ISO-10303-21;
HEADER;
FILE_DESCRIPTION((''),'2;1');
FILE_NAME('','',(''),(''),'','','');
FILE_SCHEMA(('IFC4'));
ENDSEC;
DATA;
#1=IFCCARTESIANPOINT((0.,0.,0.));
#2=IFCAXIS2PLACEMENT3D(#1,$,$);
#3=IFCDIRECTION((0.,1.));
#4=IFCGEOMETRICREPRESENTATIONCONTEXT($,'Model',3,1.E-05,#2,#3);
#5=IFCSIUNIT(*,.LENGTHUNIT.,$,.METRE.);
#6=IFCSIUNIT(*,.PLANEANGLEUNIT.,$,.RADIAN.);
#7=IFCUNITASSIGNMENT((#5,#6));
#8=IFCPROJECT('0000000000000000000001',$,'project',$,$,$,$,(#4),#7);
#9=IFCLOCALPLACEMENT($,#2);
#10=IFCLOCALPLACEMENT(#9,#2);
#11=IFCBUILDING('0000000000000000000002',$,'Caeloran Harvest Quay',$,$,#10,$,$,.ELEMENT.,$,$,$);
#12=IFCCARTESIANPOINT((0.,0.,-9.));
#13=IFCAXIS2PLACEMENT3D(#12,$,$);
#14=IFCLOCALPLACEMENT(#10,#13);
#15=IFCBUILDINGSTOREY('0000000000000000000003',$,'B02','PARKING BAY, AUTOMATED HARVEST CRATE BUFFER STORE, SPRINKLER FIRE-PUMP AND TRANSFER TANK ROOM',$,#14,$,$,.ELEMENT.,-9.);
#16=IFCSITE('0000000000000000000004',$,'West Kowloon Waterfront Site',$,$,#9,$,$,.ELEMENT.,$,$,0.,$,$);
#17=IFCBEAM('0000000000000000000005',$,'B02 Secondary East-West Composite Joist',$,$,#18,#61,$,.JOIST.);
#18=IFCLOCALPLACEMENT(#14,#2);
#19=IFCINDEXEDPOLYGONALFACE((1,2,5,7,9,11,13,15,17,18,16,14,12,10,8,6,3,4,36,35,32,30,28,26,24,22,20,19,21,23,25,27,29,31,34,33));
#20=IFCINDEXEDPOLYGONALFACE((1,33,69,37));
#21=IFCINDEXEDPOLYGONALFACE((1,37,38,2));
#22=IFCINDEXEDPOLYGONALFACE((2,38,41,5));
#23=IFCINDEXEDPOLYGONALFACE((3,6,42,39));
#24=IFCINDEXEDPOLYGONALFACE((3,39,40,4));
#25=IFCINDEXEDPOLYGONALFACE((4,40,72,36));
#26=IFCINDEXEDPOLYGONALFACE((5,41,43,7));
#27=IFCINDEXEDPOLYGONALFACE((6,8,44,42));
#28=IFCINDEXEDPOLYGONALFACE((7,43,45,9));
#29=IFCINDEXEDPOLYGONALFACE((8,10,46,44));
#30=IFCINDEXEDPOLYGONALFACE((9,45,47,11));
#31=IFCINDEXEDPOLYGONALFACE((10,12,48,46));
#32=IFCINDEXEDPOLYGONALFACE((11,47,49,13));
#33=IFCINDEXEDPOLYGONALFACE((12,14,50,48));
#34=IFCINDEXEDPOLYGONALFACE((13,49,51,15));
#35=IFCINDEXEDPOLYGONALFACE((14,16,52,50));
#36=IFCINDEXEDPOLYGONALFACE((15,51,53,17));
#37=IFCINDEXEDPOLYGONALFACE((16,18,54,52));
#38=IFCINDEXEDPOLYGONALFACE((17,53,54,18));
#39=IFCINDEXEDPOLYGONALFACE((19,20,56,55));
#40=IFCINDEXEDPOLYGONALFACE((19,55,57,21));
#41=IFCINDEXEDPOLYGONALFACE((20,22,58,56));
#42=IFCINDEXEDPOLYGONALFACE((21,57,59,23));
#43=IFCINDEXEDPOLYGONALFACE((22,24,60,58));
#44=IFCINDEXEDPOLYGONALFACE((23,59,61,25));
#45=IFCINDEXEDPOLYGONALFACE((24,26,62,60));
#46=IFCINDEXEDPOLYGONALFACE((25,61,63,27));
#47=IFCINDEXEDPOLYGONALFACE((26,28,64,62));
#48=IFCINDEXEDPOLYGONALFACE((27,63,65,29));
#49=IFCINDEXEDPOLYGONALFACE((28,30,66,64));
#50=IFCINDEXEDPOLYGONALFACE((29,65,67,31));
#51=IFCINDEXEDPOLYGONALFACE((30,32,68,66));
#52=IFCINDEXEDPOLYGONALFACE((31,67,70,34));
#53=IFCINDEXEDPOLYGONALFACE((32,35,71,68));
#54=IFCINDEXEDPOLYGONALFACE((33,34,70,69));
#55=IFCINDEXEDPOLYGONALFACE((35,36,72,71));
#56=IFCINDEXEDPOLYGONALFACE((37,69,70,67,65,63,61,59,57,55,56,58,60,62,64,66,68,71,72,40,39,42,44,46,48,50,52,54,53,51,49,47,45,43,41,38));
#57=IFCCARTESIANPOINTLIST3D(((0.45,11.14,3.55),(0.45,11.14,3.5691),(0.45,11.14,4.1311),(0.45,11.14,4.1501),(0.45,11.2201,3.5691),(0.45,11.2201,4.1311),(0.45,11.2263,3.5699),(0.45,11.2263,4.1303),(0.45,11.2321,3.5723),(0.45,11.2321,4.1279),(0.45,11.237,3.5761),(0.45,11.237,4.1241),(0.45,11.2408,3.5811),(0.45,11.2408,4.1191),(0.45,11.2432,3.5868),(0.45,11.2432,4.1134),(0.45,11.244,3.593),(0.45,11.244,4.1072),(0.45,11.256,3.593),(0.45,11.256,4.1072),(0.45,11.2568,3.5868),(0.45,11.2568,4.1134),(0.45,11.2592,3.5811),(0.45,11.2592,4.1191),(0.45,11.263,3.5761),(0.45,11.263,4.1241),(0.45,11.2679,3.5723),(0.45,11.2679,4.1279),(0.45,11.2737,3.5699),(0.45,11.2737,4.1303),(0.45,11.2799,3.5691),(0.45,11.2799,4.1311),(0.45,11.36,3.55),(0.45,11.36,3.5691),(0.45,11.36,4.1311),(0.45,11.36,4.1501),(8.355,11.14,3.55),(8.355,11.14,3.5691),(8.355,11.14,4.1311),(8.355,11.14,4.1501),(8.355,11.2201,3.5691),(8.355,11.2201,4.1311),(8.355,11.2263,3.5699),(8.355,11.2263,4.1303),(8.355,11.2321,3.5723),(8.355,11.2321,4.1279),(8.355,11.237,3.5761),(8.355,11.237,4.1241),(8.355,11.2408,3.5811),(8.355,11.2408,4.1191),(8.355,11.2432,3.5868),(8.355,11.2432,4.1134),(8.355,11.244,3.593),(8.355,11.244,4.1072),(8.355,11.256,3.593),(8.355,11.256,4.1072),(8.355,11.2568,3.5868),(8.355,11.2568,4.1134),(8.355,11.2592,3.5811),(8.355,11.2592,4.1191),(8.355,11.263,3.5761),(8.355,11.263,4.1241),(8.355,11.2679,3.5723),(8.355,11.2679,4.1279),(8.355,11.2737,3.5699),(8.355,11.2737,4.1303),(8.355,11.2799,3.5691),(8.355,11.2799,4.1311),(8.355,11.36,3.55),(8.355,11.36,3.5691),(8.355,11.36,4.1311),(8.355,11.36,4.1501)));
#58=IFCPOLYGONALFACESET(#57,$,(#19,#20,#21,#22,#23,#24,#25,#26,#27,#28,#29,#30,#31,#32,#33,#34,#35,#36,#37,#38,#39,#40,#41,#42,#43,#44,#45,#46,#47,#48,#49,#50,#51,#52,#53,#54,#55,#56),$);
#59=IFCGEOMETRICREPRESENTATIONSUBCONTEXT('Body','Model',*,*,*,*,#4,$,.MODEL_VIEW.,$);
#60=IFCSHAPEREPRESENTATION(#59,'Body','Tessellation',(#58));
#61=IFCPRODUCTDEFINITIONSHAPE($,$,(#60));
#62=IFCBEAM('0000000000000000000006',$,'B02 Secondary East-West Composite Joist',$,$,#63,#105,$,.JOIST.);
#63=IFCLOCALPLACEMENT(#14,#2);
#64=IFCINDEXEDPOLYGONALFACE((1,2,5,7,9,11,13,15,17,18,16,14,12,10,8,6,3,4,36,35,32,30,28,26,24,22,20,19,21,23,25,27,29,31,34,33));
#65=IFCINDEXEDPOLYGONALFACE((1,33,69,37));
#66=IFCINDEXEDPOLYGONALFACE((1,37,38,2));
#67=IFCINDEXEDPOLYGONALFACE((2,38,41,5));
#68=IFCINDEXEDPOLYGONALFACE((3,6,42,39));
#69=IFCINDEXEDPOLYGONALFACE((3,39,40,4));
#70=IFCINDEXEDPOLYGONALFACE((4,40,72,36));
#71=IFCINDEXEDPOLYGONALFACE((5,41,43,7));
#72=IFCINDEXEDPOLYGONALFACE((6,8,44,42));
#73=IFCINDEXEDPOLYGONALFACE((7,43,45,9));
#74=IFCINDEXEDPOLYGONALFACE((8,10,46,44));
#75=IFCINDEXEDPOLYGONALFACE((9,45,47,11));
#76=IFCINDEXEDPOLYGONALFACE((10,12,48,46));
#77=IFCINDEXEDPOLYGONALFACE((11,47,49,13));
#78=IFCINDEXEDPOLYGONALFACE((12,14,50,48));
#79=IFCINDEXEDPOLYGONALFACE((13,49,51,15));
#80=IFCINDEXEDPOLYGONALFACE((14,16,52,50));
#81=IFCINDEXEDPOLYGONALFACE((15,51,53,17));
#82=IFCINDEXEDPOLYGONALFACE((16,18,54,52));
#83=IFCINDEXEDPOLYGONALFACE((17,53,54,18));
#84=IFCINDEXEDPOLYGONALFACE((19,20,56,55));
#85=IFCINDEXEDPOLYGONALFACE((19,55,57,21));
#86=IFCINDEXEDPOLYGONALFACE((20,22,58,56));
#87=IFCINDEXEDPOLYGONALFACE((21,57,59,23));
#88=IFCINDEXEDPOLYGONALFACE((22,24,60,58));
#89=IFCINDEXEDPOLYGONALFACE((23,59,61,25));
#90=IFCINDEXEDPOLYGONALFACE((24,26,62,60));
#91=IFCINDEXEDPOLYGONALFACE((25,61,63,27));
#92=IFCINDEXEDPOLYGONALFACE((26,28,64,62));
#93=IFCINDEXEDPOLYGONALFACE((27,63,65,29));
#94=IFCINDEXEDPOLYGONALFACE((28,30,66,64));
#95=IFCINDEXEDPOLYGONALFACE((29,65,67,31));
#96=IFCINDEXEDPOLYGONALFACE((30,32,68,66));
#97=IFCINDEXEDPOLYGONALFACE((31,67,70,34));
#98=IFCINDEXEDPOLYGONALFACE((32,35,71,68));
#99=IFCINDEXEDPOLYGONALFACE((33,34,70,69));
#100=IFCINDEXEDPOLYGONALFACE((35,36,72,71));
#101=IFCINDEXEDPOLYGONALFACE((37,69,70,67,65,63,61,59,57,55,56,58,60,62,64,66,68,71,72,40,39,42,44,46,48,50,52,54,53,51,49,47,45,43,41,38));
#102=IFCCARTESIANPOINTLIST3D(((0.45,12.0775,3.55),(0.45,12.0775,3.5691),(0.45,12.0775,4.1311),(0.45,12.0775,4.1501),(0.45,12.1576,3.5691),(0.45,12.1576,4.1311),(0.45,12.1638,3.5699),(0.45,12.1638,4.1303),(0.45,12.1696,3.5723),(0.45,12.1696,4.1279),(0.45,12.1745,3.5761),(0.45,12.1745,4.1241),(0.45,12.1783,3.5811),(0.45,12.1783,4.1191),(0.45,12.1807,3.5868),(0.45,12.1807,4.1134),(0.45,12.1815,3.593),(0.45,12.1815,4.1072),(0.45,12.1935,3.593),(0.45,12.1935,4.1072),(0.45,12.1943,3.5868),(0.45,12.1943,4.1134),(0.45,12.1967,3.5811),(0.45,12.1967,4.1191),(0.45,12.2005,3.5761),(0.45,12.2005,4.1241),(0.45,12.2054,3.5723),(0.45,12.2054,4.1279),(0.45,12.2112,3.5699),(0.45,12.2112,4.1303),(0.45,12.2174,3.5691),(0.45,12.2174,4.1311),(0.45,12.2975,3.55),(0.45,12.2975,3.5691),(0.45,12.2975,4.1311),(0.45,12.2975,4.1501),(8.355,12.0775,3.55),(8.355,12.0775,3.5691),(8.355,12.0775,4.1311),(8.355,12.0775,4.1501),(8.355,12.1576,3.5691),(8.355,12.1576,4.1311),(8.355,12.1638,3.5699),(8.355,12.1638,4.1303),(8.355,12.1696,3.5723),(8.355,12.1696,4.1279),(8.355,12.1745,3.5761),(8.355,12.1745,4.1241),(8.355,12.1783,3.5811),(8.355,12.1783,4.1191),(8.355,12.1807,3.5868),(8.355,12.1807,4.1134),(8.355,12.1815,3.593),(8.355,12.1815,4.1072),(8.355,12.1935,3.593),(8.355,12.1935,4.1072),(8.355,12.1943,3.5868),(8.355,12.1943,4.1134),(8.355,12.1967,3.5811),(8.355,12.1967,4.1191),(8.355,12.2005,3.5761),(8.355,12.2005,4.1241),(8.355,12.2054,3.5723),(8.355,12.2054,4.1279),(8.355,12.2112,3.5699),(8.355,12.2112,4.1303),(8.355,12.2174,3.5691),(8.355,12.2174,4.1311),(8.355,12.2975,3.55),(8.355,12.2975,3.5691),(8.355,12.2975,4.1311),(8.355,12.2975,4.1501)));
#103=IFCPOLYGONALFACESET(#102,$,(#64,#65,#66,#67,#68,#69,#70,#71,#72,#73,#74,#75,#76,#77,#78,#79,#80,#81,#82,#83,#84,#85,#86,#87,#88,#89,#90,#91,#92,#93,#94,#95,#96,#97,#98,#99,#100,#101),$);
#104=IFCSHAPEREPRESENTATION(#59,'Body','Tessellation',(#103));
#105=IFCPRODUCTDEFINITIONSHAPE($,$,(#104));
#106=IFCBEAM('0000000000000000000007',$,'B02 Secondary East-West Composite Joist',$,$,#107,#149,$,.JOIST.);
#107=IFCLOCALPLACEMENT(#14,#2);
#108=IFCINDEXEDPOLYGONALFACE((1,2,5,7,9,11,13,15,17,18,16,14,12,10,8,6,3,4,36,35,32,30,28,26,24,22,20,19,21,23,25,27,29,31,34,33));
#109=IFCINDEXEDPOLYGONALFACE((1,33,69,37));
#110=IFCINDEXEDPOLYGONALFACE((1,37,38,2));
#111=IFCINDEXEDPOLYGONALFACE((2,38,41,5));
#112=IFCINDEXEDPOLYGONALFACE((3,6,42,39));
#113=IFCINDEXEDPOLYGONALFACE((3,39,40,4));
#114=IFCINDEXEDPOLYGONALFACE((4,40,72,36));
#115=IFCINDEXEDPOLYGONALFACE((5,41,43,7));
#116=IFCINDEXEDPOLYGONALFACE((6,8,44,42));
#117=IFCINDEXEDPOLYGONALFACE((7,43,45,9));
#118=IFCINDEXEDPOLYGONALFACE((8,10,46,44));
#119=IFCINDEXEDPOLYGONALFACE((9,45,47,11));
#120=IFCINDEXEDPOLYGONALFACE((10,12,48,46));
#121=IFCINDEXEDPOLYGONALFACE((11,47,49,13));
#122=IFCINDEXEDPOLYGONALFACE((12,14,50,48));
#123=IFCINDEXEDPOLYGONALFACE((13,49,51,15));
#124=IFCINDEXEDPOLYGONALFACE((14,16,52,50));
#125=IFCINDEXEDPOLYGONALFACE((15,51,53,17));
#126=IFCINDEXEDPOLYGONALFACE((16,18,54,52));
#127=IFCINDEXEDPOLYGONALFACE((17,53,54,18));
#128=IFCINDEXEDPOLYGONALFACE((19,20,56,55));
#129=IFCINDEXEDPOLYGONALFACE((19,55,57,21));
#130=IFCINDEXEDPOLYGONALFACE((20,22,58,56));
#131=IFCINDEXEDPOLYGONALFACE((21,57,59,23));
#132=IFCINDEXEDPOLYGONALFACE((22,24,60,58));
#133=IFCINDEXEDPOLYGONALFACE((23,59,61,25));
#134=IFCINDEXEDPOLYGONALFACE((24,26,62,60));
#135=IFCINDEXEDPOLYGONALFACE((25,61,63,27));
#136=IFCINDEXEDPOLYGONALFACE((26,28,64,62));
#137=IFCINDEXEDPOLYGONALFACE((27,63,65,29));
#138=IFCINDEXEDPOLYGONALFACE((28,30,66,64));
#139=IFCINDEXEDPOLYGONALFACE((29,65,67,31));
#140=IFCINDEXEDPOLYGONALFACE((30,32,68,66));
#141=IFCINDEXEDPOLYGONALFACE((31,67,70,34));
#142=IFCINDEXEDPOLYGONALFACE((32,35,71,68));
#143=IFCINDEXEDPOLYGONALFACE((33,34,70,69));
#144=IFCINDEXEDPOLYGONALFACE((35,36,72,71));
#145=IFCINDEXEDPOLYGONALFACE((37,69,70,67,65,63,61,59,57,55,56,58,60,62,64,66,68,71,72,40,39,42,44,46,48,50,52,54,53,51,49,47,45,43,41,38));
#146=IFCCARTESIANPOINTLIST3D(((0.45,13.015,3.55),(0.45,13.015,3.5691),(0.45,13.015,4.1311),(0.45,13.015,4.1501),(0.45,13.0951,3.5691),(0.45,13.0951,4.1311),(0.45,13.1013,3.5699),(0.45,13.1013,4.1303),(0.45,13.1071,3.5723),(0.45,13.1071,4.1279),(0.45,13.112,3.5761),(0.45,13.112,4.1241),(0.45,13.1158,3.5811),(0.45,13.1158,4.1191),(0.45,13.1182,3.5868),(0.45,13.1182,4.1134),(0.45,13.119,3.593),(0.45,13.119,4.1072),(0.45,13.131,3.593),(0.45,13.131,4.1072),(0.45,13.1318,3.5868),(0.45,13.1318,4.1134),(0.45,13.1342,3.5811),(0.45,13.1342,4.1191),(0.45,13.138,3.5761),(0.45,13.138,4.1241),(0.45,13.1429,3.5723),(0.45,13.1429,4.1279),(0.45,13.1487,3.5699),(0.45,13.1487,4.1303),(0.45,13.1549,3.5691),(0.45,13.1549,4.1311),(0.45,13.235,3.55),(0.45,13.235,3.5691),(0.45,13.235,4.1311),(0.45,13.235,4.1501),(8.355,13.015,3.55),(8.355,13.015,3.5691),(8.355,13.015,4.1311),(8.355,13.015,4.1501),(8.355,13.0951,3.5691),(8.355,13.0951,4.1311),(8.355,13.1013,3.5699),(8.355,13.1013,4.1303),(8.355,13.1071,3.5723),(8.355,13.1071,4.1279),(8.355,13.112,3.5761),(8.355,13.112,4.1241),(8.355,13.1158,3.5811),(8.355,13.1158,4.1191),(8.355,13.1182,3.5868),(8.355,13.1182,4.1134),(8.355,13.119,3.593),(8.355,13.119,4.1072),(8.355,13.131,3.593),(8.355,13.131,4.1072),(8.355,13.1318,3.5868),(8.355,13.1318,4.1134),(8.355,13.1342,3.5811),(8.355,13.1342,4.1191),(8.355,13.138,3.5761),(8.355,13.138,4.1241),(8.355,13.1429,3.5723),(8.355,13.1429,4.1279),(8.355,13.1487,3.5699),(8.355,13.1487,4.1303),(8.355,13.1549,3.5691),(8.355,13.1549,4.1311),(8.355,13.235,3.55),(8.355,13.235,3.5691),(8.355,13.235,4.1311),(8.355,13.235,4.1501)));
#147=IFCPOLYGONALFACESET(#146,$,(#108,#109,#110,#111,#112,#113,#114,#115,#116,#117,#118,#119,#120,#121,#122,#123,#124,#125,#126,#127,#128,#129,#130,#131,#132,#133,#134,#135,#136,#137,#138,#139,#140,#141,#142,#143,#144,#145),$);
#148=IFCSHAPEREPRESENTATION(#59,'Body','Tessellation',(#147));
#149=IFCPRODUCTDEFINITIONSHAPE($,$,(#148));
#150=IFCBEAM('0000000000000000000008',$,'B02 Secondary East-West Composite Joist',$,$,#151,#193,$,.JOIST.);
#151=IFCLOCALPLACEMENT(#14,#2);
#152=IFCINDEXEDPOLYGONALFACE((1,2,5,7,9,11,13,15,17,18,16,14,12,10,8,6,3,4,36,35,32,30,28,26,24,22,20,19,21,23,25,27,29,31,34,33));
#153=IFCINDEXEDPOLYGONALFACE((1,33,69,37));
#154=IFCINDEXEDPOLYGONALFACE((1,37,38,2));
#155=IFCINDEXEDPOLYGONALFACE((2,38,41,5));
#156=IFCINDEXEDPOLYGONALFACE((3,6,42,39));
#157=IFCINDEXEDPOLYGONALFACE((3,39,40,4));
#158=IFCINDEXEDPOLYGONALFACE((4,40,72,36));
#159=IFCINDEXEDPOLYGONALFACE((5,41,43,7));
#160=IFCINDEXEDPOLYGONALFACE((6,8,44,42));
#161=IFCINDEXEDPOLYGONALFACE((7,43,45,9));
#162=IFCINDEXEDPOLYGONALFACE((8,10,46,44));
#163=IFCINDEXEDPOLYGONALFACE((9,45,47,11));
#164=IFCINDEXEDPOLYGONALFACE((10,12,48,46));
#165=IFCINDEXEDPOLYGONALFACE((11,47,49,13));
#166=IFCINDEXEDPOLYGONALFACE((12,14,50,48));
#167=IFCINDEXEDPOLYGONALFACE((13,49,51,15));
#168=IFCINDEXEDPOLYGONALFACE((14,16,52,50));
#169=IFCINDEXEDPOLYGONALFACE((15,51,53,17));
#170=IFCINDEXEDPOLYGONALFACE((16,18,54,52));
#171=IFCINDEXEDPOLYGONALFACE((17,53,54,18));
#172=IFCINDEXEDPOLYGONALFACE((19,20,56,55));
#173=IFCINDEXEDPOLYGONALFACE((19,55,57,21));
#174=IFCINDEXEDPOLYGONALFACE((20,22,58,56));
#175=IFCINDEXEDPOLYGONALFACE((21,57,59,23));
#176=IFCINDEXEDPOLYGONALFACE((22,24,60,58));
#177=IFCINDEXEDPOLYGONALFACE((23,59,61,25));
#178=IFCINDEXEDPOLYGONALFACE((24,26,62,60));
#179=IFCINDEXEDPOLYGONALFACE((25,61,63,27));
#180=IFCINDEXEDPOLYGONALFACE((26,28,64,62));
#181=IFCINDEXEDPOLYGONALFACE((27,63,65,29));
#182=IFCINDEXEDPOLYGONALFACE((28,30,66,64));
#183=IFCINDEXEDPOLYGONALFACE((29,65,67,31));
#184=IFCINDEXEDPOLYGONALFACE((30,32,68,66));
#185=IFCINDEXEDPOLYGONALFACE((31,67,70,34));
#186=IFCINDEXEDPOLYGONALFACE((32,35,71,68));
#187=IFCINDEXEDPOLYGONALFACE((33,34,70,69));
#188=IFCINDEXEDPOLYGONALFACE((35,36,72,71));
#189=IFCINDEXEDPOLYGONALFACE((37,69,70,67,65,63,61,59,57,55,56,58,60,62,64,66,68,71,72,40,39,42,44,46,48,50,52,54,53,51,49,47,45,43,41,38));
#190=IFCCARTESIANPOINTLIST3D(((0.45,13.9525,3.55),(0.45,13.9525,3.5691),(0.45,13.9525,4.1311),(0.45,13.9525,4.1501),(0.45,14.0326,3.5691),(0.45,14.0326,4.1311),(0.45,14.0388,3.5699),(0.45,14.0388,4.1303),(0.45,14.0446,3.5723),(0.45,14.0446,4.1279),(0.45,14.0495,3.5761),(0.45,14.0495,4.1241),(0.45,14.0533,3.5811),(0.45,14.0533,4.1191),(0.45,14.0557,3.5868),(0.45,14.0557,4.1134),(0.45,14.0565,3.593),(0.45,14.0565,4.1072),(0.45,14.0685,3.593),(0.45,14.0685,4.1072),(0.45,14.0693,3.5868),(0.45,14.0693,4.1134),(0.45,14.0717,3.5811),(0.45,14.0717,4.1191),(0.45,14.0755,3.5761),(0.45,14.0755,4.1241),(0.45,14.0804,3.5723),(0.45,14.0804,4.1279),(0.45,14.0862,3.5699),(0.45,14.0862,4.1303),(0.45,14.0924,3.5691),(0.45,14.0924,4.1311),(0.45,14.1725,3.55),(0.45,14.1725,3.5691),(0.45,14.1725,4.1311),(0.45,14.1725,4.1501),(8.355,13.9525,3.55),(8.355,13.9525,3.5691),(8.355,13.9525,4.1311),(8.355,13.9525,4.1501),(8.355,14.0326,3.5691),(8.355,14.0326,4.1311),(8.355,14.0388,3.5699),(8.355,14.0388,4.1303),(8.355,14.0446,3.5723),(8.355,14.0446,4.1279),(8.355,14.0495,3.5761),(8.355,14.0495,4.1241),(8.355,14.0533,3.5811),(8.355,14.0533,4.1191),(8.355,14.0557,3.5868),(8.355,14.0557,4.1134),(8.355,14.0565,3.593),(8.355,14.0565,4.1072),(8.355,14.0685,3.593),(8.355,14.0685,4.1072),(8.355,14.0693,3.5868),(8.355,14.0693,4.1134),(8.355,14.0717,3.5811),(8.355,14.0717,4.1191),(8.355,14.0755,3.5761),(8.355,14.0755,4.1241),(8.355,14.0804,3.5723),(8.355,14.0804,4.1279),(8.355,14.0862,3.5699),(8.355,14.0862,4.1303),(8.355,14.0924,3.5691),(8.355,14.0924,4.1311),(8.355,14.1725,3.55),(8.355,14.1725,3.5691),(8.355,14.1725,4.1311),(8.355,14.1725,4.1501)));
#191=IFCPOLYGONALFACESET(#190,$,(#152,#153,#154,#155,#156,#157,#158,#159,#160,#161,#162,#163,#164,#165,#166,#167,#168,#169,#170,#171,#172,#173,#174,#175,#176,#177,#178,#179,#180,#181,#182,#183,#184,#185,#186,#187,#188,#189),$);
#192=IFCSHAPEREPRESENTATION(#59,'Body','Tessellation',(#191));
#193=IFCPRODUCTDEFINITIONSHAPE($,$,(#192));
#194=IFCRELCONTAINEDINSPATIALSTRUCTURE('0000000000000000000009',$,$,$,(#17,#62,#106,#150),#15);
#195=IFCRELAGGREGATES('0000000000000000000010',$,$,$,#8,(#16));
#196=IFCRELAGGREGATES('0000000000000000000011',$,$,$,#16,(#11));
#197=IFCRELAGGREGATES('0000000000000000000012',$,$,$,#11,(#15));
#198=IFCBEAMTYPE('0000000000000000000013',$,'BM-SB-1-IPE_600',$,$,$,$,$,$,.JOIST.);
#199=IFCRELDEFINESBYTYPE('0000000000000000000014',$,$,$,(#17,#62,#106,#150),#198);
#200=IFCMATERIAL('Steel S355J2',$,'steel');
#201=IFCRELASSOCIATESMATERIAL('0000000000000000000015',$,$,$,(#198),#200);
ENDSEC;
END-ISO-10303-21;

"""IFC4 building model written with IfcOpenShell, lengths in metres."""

from ifc_helpers import new_model, si_unit, direction, frame, origin, origin_2d, place, context, subcontext, project, spatial, i_section, extrude, material, material_profile, profile_set, type_object, element, save


model = new_model("IFC4")

# Units and contexts
model_context = context("Model", 3, precision=1e-05, world=origin(), true_north=direction((0.0, 1.0)))
body_context = subcontext(model_context, "Body", "Model", "MODEL_VIEW")
ifc_project = project(units=[si_unit("LENGTHUNIT", "METRE"), si_unit("PLANEANGLEUNIT", "RADIAN")], contexts=[model_context])

# Site, building, storey
site_placement = place(None, origin())
site = spatial("IfcSite", under=ifc_project, at=site_placement, Name="West Kowloon Waterfront Site", CompositionType="ELEMENT", RefElevation=0.0)
building_placement = place(site_placement, origin())
building = spatial("IfcBuilding", under=site, at=building_placement, Name="Caeloran Harvest Quay", CompositionType="ELEMENT")
storey_placement = place(building_placement, frame((0.0, 0.0, -9.0)))
storey = spatial("IfcBuildingStorey", under=building, at=storey_placement, Name="B02", Description="PARKING BAY, AUTOMATED HARVEST CRATE BUFFER STORE, SPRINKLER FIRE-PUMP AND TRANSFER TANK ROOM", CompositionType="ELEMENT", Elevation=-9.0)

# Beams
ifc_material_1 = material(Name="Steel S355J2", Category="steel")
ifc_material_profile_1 = material_profile(ifc_material_1, i_section(OverallWidth=0.22, OverallDepth=0.6001, WebThickness=0.012, FlangeThickness=0.019, FilletRadius=0.0239, at=origin_2d()), Name="IPE 600")
ifc_profile_set_1 = profile_set([ifc_material_profile_1], Name="Steel S355J2")
beam_type_1 = type_object("IfcBeamType", Name="BM-SB-1-IPE_600", PredefinedType="JOIST", material=ifc_profile_set_1)
for number, where, z_axis, x_axis, name in (
    (1, (0.45, 11.25, 3.8501), (1.0, 0.0, 0.0), (0.0, 1.0, 0.0), "B02 Secondary East-West Composite Joist"),
    (2, (0.45, 12.1875, 3.8501), (1.0, 0.0, 0.0), (0.0, 1.0, 0.0), "B02 Secondary East-West Composite Joist"),
    (3, (0.45, 13.125, 3.8501), (1.0, 0.0, 0.0), (0.0, 1.0, 0.0), "B02 Secondary East-West Composite Joist"),
    (4, (0.45, 14.0625, 3.8501), (1.0, 0.0, 0.0), (0.0, 1.0, 0.0), "B02 Secondary East-West Composite Joist"),
):
    element("IfcBeam", number, at=place(storey_placement, frame(where, z_axis=z_axis, x_axis=x_axis)), inside=storey, type_object=beam_type_1, Name=name, PredefinedType="JOIST", context=body_context, shape_type="SweptSolid", body=[
        extrude(i_section(OverallWidth=0.22, OverallDepth=0.6001, WebThickness=0.012, FlangeThickness=0.019, FilletRadius=0.0239, at=origin_2d()), origin(), (0.0, 0.0, 1.0), 7.905),
    ])

save(model, "model.ifc")
